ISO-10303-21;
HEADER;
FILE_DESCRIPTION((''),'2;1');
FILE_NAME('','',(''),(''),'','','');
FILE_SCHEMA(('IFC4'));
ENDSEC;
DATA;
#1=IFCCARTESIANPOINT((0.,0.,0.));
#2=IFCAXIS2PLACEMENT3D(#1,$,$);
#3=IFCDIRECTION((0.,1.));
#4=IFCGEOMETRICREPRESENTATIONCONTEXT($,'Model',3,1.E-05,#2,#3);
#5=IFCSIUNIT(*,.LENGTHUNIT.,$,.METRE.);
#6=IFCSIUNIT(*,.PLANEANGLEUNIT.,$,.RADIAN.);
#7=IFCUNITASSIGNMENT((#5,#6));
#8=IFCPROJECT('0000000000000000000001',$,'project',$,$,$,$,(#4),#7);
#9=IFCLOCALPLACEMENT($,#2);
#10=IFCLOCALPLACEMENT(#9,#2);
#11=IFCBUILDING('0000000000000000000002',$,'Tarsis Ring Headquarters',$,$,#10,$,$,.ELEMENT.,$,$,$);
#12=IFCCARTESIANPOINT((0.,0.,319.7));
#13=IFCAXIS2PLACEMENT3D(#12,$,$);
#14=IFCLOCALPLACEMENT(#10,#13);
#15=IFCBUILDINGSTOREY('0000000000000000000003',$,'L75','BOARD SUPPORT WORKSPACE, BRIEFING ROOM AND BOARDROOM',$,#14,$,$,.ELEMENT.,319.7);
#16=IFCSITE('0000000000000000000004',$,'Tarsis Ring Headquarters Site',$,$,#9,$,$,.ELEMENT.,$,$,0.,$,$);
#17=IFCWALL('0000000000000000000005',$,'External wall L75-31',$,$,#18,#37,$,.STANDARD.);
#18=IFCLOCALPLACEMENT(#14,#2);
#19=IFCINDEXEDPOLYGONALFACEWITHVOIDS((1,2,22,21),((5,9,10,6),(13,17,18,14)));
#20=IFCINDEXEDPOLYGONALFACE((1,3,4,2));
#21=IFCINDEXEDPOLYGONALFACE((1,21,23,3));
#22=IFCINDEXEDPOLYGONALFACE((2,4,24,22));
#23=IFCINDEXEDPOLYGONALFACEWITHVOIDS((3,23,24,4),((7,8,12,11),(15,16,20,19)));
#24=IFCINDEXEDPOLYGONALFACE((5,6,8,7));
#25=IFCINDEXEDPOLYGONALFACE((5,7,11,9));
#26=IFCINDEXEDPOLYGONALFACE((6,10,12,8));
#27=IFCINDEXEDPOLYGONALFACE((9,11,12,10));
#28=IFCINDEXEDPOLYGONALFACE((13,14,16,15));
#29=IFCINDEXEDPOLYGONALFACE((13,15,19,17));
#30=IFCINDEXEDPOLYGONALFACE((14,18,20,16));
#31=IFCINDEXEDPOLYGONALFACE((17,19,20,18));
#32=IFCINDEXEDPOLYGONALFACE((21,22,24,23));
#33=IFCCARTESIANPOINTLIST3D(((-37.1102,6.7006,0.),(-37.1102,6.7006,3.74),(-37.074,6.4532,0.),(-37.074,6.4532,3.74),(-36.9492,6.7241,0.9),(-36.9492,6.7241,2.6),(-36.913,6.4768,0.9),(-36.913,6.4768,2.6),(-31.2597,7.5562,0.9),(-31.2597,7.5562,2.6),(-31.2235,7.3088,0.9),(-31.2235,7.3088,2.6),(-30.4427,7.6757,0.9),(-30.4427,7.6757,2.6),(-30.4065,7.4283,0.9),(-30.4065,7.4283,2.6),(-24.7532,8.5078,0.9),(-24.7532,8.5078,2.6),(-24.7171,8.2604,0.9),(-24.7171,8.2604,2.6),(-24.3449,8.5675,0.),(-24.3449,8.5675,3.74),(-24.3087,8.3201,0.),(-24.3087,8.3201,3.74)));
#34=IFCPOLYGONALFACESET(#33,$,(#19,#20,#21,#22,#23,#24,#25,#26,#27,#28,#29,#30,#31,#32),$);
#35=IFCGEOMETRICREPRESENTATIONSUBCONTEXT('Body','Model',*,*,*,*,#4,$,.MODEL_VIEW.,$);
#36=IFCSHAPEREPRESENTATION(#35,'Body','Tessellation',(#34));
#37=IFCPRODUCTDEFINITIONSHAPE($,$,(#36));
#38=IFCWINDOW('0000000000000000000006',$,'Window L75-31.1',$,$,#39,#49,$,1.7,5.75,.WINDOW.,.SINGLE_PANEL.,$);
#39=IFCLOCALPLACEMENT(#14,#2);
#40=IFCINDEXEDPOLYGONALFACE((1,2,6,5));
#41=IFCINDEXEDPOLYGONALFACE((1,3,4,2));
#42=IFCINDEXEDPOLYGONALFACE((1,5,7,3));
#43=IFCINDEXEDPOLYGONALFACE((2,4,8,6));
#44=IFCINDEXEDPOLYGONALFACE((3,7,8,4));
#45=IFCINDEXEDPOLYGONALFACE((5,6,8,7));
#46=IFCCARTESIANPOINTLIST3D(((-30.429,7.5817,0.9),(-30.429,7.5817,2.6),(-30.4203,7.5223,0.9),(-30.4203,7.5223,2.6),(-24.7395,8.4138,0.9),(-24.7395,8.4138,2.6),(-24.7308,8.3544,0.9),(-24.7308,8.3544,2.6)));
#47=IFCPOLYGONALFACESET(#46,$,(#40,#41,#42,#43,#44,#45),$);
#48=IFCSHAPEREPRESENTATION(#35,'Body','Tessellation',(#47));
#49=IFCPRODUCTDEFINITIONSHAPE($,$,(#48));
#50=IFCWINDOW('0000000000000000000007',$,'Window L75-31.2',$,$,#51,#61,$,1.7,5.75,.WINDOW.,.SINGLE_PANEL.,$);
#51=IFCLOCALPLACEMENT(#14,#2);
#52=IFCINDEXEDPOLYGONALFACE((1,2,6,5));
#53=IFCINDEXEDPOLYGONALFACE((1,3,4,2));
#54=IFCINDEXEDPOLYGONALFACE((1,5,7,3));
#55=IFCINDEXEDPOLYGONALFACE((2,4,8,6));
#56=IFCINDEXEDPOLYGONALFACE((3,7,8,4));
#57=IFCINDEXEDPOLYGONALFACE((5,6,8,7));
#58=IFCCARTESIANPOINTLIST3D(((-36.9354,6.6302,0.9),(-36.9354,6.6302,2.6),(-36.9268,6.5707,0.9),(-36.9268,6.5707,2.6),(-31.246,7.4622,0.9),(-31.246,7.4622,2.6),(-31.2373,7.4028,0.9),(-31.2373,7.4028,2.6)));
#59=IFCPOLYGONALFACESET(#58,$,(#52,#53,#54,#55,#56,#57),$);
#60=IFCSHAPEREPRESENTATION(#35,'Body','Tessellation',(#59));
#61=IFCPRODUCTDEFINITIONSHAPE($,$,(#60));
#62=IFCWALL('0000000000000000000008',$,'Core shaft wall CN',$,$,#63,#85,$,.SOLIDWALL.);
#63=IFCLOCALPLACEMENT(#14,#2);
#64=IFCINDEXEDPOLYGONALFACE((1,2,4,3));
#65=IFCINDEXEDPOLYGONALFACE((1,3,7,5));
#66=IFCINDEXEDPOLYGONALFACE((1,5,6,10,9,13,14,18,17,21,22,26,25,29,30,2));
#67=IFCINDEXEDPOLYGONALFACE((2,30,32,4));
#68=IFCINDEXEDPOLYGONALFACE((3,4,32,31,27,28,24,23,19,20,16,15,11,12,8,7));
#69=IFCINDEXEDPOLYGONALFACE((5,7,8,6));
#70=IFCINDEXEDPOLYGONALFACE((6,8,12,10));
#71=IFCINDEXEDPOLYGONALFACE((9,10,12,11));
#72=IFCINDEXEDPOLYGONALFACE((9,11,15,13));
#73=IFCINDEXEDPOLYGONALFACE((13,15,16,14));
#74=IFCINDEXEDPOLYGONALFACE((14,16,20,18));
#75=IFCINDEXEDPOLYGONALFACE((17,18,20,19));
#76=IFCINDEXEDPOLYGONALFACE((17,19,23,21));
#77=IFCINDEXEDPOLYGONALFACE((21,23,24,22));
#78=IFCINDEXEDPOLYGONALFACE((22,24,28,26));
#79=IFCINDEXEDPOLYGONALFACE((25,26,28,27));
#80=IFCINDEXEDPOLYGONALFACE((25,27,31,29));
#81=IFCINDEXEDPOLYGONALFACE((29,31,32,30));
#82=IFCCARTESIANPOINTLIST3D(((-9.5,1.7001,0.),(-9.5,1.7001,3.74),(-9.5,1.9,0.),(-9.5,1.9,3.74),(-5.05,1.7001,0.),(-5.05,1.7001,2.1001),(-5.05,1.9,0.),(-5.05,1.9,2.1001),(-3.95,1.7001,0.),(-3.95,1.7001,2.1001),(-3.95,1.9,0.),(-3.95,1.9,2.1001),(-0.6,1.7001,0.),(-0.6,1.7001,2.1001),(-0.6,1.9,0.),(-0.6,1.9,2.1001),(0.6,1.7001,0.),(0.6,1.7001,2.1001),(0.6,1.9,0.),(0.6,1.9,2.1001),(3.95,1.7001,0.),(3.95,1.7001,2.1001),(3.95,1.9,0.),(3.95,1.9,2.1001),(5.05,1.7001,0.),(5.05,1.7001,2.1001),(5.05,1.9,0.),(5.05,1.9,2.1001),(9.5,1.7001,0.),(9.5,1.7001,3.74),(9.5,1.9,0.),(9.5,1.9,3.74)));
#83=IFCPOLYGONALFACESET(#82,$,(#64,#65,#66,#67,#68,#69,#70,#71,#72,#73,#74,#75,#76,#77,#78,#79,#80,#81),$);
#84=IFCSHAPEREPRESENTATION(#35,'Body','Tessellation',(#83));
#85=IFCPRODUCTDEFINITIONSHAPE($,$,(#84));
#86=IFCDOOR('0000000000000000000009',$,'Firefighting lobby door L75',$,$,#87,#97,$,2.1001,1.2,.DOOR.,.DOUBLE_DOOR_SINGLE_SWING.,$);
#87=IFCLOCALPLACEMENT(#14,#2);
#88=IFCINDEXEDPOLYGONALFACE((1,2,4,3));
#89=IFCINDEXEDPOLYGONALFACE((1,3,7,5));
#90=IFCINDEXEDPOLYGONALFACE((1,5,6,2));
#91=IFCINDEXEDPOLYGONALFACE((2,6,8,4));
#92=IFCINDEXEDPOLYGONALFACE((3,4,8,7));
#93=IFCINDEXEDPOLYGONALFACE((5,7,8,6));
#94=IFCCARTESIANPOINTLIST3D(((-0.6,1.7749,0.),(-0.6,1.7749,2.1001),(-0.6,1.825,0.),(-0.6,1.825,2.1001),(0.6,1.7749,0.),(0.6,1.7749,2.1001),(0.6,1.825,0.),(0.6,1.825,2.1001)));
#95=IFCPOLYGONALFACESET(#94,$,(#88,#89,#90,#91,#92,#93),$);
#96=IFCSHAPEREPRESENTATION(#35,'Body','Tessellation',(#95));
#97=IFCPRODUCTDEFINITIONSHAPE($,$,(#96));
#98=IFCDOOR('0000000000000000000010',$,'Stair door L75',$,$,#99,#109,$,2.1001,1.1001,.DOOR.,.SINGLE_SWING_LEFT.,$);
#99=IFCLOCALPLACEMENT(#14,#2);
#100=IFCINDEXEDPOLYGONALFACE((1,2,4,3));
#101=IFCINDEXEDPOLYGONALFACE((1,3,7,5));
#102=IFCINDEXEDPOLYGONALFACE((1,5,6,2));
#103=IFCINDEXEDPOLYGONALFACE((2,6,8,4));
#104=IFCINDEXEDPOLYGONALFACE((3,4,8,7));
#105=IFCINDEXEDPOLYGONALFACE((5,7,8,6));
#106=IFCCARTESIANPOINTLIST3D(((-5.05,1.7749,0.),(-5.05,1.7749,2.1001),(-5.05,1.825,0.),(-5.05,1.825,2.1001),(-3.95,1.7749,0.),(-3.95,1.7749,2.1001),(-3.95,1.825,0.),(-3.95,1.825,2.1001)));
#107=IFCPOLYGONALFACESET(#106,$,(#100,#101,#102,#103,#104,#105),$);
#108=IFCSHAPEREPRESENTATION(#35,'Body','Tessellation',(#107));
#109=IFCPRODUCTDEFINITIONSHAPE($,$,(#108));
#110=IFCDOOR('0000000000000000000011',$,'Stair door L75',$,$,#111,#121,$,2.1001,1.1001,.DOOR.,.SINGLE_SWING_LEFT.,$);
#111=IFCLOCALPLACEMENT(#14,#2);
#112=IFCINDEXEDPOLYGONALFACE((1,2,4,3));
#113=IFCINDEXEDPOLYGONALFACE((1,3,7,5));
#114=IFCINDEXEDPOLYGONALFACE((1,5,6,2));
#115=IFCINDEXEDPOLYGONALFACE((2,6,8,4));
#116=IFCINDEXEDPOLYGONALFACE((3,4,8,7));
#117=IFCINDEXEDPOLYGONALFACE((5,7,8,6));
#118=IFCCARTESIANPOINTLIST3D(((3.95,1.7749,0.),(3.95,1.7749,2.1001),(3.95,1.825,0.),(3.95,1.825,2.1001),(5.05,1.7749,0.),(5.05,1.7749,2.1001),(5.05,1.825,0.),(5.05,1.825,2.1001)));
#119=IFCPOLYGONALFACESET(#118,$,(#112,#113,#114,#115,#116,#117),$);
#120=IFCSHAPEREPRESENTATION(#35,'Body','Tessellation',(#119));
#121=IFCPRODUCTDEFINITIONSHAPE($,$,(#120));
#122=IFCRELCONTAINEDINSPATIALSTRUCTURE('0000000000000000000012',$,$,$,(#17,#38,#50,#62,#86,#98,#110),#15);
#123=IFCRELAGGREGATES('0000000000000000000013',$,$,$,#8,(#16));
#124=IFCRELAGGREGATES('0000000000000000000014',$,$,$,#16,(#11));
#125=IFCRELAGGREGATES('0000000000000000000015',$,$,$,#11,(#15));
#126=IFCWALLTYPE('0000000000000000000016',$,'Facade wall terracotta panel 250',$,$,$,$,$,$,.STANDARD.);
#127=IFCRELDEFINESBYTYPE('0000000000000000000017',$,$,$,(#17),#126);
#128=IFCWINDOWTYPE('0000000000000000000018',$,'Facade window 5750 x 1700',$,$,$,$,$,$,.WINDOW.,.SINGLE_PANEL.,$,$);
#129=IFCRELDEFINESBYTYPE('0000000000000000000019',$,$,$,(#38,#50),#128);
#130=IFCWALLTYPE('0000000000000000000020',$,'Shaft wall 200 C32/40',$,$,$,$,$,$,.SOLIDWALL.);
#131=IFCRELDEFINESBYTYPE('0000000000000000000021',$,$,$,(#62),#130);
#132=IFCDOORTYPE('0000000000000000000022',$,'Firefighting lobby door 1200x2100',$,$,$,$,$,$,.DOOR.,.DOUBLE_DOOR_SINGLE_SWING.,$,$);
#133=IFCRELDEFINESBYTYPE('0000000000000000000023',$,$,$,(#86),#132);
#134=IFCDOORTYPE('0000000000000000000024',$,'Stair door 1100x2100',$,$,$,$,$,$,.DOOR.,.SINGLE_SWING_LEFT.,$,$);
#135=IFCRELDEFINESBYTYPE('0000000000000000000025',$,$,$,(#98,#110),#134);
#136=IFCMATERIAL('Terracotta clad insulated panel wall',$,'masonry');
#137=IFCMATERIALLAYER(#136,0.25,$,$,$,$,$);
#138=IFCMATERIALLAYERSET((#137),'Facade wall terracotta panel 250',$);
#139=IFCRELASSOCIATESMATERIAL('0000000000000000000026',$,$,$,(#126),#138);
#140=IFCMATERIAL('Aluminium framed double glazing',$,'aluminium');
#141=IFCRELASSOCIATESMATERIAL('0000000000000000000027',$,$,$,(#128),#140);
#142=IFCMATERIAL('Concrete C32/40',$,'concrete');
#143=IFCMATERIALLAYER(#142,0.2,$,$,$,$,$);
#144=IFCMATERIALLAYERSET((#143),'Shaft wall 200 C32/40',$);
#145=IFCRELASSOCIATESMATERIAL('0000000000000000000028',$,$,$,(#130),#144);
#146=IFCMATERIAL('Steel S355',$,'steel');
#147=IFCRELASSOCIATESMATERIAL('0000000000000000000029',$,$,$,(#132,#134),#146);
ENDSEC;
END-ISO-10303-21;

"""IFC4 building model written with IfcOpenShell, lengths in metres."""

from ifc_helpers import new_model, si_unit, direction, frame, frame_2d, origin, place, context, subcontext, project, spatial, rectangle, extrude, material, layer, layer_set, type_object, element, fill, save


model = new_model("IFC4")

# Units and contexts
model_context = context("Model", 3, precision=1e-05, world=origin(), true_north=direction((0.0, 1.0)))
body_context = subcontext(model_context, "Body", "Model", "MODEL_VIEW")
ifc_project = project(units=[si_unit("LENGTHUNIT", "METRE"), si_unit("PLANEANGLEUNIT", "RADIAN")], contexts=[model_context])

# Site, building, storey
site_placement = place(None, origin())
site = spatial("IfcSite", under=ifc_project, at=site_placement, Name="Tarsis Ring Headquarters Site", CompositionType="ELEMENT", RefElevation=0.0)
building_placement = place(site_placement, origin())
building = spatial("IfcBuilding", under=site, at=building_placement, Name="Tarsis Ring Headquarters", CompositionType="ELEMENT")
storey_placement = place(building_placement, frame((0.0, 0.0, 319.7)))
storey = spatial("IfcBuildingStorey", under=building, at=storey_placement, Name="L75", Description="BOARD SUPPORT WORKSPACE, BRIEFING ROOM AND BOARDROOM", CompositionType="ELEMENT", Elevation=319.7)

# Shared definitions
ifc_material_1 = material(Name="Terracotta clad insulated panel wall", Category="masonry")
ifc_layer_1 = layer(ifc_material_1, 0.25)
ifc_layer_set_1 = layer_set([ifc_layer_1], Name="Facade wall terracotta panel 250")
wall_type_1 = type_object("IfcWallType", Name="Facade wall terracotta panel 250", PredefinedType="STANDARD", material=ifc_layer_set_1)
ifc_material_2 = material(Name="Aluminium framed double glazing", Category="aluminium")

# Wall, openings, windows
wall_1_placement = place(storey_placement, frame((-24.3267, 8.4438, 0.0), z_axis=(0.0, 0.0, 1.0), x_axis=(-0.989474, -0.144711, 0.0)))
wall_1 = element("IfcWall", 1, at=wall_1_placement, inside=storey, type_object=wall_type_1, Name="External wall L75-31", PredefinedType="STANDARD", context=body_context, shape_type="SweptSolid", body=[
    extrude(rectangle(XDim=12.9011, YDim=0.25, at=frame_2d((6.4507, 0.0))), origin(), (0.0, 0.0, 1.0), 3.74),
])
opening_1_placement = place(wall_1_placement, frame((0.4128, 0.0, 0.8999)))
opening_1 = element("IfcOpeningElement", 2, at=opening_1_placement, cuts=wall_1, PredefinedType="OPENING", context=body_context, shape_type="SweptSolid", body=[
    extrude(rectangle(XDim=5.75, YDim=1.7, at=frame_2d((2.875, 0.8501))), frame((0.0, 0.135, 0.0), z_axis=(0.0, -1.0, 0.0), x_axis=(1.0, 0.0, 0.0)), (0.0, 0.0, 1.0), 0.27),
])
opening_2_placement = place(wall_1_placement, frame((6.9885, 0.0, 0.8999)))
opening_2 = element("IfcOpeningElement", 3, at=opening_2_placement, cuts=wall_1, PredefinedType="OPENING", context=body_context, shape_type="SweptSolid", body=[
    extrude(rectangle(XDim=5.75, YDim=1.7, at=frame_2d((2.875, 0.8501))), frame((0.0, 0.135, 0.0), z_axis=(0.0, -1.0, 0.0), x_axis=(1.0, 0.0, 0.0)), (0.0, 0.0, 1.0), 0.27),
])
window_type_1 = type_object("IfcWindowType", Name="Facade window 5750 x 1700", PartitioningType="SINGLE_PANEL", PredefinedType="WINDOW", material=ifc_material_2)
window_1_placement = place(opening_1_placement, origin())
window_1 = element("IfcWindow", 4, at=window_1_placement, inside=storey, type_object=window_type_1, Name="Window L75-31.1", OverallHeight=1.7, OverallWidth=5.75, PartitioningType="SINGLE_PANEL", PredefinedType="WINDOW", context=body_context, shape_type="SweptSolid", body=[
    extrude(rectangle(XDim=5.75, YDim=1.7, at=frame_2d((2.875, 0.8501))), frame((0.0, 0.03, 0.0), z_axis=(0.0, -1.0, 0.0), x_axis=(1.0, 0.0, 0.0)), (0.0, 0.0, 1.0), 0.0601),
])
fill(opening_1, window_1)
window_2_placement = place(opening_2_placement, origin())
window_2 = element("IfcWindow", 5, at=window_2_placement, inside=storey, type_object=window_type_1, Name="Window L75-31.2", OverallHeight=1.7, OverallWidth=5.75, PartitioningType="SINGLE_PANEL", PredefinedType="WINDOW", context=body_context, shape_type="SweptSolid", body=[
    extrude(rectangle(XDim=5.75, YDim=1.7, at=frame_2d((2.875, 0.8501))), frame((0.0, 0.03, 0.0), z_axis=(0.0, -1.0, 0.0), x_axis=(1.0, 0.0, 0.0)), (0.0, 0.0, 1.0), 0.0601),
])
fill(opening_2, window_2)

# Wall, openings, doors
ifc_material_3 = material(Name="Concrete C32/40", Category="concrete")
ifc_layer_2 = layer(ifc_material_3, 0.2)
ifc_layer_set_2 = layer_set([ifc_layer_2], Name="Shaft wall 200 C32/40")
wall_type_2 = type_object("IfcWallType", Name="Shaft wall 200 C32/40", PredefinedType="SOLIDWALL", material=ifc_layer_set_2)
wall_2_placement = place(storey_placement, frame((-9.5, 1.8, 0.0), z_axis=(0.0, 0.0, 1.0), x_axis=(1.0, 0.0, 0.0)))
wall_2 = element("IfcWall", 6, at=wall_2_placement, inside=storey, type_object=wall_type_2, Name="Core shaft wall CN", PredefinedType="SOLIDWALL", context=body_context, shape_type="SweptSolid", body=[
    extrude(rectangle(XDim=19.0, YDim=0.2, at=frame_2d((9.5, 0.0))), origin(), (0.0, 0.0, 1.0), 3.74),
])
opening_3_placement = place(wall_2_placement, frame((4.45, 0.0, 0.0)))
opening_3 = element("IfcOpeningElement", 7, at=opening_3_placement, cuts=wall_2, PredefinedType="OPENING", context=body_context, shape_type="SweptSolid", body=[
    extrude(rectangle(XDim=1.1001, YDim=2.1001, at=frame_2d((0.55, 1.05))), frame((0.0, 0.1099, 0.0), z_axis=(0.0, -1.0, 0.0), x_axis=(1.0, 0.0, 0.0)), (0.0, 0.0, 1.0), 0.22),
])
opening_4_placement = place(wall_2_placement, frame((8.8999, 0.0, 0.0)))
opening_4 = element("IfcOpeningElement", 8, at=opening_4_placement, cuts=wall_2, PredefinedType="OPENING", context=body_context, shape_type="SweptSolid", body=[
    extrude(rectangle(XDim=1.2, YDim=2.1001, at=frame_2d((0.6001, 1.05))), frame((0.0, 0.1099, 0.0), z_axis=(0.0, -1.0, 0.0), x_axis=(1.0, 0.0, 0.0)), (0.0, 0.0, 1.0), 0.22),
])
opening_5_placement = place(wall_2_placement, frame((13.45, 0.0, 0.0)))
opening_5 = element("IfcOpeningElement", 9, at=opening_5_placement, cuts=wall_2, PredefinedType="OPENING", context=body_context, shape_type="SweptSolid", body=[
    extrude(rectangle(XDim=1.1001, YDim=2.1001, at=frame_2d((0.55, 1.05))), frame((0.0, 0.1099, 0.0), z_axis=(0.0, -1.0, 0.0), x_axis=(1.0, 0.0, 0.0)), (0.0, 0.0, 1.0), 0.22),
])
ifc_material_4 = material(Name="Steel S355", Category="steel")
door_type_1 = type_object("IfcDoorType", Name="Firefighting lobby door 1200x2100", OperationType="DOUBLE_DOOR_SINGLE_SWING", PredefinedType="DOOR", material=ifc_material_4)
door_1_placement = place(opening_4_placement, origin())
door_1 = element("IfcDoor", 10, at=door_1_placement, inside=storey, type_object=door_type_1, Name="Firefighting lobby door L75", OperationType="DOUBLE_DOOR_SINGLE_SWING", OverallHeight=2.1001, OverallWidth=1.2, PredefinedType="DOOR", context=body_context, shape_type="SweptSolid", body=[
    extrude(rectangle(XDim=1.2, YDim=2.1001, at=frame_2d((0.6001, 1.05))), frame((0.0, 0.0249, 0.0), z_axis=(0.0, -1.0, 0.0), x_axis=(1.0, 0.0, 0.0)), (0.0, 0.0, 1.0), 0.05),
])
fill(opening_4, door_1)
door_type_2 = type_object("IfcDoorType", Name="Stair door 1100x2100", OperationType="SINGLE_SWING_LEFT", PredefinedType="DOOR", material=ifc_material_4)
door_2_placement = place(opening_3_placement, origin())
door_2 = element("IfcDoor", 11, at=door_2_placement, inside=storey, type_object=door_type_2, Name="Stair door L75", OperationType="SINGLE_SWING_LEFT", OverallHeight=2.1001, OverallWidth=1.1001, PredefinedType="DOOR", context=body_context, shape_type="SweptSolid", body=[
    extrude(rectangle(XDim=1.1001, YDim=2.1001, at=frame_2d((0.55, 1.05))), frame((0.0, 0.0249, 0.0), z_axis=(0.0, -1.0, 0.0), x_axis=(1.0, 0.0, 0.0)), (0.0, 0.0, 1.0), 0.05),
])
fill(opening_3, door_2)
door_3_placement = place(opening_5_placement, origin())
door_3 = element("IfcDoor", 12, at=door_3_placement, inside=storey, type_object=door_type_2, Name="Stair door L75", OperationType="SINGLE_SWING_LEFT", OverallHeight=2.1001, OverallWidth=1.1001, PredefinedType="DOOR", context=body_context, shape_type="SweptSolid", body=[
    extrude(rectangle(XDim=1.1001, YDim=2.1001, at=frame_2d((0.55, 1.05))), frame((0.0, 0.0249, 0.0), z_axis=(0.0, -1.0, 0.0), x_axis=(1.0, 0.0, 0.0)), (0.0, 0.0, 1.0), 0.05),
])
fill(opening_5, door_3)

save(model, "model.ifc")
